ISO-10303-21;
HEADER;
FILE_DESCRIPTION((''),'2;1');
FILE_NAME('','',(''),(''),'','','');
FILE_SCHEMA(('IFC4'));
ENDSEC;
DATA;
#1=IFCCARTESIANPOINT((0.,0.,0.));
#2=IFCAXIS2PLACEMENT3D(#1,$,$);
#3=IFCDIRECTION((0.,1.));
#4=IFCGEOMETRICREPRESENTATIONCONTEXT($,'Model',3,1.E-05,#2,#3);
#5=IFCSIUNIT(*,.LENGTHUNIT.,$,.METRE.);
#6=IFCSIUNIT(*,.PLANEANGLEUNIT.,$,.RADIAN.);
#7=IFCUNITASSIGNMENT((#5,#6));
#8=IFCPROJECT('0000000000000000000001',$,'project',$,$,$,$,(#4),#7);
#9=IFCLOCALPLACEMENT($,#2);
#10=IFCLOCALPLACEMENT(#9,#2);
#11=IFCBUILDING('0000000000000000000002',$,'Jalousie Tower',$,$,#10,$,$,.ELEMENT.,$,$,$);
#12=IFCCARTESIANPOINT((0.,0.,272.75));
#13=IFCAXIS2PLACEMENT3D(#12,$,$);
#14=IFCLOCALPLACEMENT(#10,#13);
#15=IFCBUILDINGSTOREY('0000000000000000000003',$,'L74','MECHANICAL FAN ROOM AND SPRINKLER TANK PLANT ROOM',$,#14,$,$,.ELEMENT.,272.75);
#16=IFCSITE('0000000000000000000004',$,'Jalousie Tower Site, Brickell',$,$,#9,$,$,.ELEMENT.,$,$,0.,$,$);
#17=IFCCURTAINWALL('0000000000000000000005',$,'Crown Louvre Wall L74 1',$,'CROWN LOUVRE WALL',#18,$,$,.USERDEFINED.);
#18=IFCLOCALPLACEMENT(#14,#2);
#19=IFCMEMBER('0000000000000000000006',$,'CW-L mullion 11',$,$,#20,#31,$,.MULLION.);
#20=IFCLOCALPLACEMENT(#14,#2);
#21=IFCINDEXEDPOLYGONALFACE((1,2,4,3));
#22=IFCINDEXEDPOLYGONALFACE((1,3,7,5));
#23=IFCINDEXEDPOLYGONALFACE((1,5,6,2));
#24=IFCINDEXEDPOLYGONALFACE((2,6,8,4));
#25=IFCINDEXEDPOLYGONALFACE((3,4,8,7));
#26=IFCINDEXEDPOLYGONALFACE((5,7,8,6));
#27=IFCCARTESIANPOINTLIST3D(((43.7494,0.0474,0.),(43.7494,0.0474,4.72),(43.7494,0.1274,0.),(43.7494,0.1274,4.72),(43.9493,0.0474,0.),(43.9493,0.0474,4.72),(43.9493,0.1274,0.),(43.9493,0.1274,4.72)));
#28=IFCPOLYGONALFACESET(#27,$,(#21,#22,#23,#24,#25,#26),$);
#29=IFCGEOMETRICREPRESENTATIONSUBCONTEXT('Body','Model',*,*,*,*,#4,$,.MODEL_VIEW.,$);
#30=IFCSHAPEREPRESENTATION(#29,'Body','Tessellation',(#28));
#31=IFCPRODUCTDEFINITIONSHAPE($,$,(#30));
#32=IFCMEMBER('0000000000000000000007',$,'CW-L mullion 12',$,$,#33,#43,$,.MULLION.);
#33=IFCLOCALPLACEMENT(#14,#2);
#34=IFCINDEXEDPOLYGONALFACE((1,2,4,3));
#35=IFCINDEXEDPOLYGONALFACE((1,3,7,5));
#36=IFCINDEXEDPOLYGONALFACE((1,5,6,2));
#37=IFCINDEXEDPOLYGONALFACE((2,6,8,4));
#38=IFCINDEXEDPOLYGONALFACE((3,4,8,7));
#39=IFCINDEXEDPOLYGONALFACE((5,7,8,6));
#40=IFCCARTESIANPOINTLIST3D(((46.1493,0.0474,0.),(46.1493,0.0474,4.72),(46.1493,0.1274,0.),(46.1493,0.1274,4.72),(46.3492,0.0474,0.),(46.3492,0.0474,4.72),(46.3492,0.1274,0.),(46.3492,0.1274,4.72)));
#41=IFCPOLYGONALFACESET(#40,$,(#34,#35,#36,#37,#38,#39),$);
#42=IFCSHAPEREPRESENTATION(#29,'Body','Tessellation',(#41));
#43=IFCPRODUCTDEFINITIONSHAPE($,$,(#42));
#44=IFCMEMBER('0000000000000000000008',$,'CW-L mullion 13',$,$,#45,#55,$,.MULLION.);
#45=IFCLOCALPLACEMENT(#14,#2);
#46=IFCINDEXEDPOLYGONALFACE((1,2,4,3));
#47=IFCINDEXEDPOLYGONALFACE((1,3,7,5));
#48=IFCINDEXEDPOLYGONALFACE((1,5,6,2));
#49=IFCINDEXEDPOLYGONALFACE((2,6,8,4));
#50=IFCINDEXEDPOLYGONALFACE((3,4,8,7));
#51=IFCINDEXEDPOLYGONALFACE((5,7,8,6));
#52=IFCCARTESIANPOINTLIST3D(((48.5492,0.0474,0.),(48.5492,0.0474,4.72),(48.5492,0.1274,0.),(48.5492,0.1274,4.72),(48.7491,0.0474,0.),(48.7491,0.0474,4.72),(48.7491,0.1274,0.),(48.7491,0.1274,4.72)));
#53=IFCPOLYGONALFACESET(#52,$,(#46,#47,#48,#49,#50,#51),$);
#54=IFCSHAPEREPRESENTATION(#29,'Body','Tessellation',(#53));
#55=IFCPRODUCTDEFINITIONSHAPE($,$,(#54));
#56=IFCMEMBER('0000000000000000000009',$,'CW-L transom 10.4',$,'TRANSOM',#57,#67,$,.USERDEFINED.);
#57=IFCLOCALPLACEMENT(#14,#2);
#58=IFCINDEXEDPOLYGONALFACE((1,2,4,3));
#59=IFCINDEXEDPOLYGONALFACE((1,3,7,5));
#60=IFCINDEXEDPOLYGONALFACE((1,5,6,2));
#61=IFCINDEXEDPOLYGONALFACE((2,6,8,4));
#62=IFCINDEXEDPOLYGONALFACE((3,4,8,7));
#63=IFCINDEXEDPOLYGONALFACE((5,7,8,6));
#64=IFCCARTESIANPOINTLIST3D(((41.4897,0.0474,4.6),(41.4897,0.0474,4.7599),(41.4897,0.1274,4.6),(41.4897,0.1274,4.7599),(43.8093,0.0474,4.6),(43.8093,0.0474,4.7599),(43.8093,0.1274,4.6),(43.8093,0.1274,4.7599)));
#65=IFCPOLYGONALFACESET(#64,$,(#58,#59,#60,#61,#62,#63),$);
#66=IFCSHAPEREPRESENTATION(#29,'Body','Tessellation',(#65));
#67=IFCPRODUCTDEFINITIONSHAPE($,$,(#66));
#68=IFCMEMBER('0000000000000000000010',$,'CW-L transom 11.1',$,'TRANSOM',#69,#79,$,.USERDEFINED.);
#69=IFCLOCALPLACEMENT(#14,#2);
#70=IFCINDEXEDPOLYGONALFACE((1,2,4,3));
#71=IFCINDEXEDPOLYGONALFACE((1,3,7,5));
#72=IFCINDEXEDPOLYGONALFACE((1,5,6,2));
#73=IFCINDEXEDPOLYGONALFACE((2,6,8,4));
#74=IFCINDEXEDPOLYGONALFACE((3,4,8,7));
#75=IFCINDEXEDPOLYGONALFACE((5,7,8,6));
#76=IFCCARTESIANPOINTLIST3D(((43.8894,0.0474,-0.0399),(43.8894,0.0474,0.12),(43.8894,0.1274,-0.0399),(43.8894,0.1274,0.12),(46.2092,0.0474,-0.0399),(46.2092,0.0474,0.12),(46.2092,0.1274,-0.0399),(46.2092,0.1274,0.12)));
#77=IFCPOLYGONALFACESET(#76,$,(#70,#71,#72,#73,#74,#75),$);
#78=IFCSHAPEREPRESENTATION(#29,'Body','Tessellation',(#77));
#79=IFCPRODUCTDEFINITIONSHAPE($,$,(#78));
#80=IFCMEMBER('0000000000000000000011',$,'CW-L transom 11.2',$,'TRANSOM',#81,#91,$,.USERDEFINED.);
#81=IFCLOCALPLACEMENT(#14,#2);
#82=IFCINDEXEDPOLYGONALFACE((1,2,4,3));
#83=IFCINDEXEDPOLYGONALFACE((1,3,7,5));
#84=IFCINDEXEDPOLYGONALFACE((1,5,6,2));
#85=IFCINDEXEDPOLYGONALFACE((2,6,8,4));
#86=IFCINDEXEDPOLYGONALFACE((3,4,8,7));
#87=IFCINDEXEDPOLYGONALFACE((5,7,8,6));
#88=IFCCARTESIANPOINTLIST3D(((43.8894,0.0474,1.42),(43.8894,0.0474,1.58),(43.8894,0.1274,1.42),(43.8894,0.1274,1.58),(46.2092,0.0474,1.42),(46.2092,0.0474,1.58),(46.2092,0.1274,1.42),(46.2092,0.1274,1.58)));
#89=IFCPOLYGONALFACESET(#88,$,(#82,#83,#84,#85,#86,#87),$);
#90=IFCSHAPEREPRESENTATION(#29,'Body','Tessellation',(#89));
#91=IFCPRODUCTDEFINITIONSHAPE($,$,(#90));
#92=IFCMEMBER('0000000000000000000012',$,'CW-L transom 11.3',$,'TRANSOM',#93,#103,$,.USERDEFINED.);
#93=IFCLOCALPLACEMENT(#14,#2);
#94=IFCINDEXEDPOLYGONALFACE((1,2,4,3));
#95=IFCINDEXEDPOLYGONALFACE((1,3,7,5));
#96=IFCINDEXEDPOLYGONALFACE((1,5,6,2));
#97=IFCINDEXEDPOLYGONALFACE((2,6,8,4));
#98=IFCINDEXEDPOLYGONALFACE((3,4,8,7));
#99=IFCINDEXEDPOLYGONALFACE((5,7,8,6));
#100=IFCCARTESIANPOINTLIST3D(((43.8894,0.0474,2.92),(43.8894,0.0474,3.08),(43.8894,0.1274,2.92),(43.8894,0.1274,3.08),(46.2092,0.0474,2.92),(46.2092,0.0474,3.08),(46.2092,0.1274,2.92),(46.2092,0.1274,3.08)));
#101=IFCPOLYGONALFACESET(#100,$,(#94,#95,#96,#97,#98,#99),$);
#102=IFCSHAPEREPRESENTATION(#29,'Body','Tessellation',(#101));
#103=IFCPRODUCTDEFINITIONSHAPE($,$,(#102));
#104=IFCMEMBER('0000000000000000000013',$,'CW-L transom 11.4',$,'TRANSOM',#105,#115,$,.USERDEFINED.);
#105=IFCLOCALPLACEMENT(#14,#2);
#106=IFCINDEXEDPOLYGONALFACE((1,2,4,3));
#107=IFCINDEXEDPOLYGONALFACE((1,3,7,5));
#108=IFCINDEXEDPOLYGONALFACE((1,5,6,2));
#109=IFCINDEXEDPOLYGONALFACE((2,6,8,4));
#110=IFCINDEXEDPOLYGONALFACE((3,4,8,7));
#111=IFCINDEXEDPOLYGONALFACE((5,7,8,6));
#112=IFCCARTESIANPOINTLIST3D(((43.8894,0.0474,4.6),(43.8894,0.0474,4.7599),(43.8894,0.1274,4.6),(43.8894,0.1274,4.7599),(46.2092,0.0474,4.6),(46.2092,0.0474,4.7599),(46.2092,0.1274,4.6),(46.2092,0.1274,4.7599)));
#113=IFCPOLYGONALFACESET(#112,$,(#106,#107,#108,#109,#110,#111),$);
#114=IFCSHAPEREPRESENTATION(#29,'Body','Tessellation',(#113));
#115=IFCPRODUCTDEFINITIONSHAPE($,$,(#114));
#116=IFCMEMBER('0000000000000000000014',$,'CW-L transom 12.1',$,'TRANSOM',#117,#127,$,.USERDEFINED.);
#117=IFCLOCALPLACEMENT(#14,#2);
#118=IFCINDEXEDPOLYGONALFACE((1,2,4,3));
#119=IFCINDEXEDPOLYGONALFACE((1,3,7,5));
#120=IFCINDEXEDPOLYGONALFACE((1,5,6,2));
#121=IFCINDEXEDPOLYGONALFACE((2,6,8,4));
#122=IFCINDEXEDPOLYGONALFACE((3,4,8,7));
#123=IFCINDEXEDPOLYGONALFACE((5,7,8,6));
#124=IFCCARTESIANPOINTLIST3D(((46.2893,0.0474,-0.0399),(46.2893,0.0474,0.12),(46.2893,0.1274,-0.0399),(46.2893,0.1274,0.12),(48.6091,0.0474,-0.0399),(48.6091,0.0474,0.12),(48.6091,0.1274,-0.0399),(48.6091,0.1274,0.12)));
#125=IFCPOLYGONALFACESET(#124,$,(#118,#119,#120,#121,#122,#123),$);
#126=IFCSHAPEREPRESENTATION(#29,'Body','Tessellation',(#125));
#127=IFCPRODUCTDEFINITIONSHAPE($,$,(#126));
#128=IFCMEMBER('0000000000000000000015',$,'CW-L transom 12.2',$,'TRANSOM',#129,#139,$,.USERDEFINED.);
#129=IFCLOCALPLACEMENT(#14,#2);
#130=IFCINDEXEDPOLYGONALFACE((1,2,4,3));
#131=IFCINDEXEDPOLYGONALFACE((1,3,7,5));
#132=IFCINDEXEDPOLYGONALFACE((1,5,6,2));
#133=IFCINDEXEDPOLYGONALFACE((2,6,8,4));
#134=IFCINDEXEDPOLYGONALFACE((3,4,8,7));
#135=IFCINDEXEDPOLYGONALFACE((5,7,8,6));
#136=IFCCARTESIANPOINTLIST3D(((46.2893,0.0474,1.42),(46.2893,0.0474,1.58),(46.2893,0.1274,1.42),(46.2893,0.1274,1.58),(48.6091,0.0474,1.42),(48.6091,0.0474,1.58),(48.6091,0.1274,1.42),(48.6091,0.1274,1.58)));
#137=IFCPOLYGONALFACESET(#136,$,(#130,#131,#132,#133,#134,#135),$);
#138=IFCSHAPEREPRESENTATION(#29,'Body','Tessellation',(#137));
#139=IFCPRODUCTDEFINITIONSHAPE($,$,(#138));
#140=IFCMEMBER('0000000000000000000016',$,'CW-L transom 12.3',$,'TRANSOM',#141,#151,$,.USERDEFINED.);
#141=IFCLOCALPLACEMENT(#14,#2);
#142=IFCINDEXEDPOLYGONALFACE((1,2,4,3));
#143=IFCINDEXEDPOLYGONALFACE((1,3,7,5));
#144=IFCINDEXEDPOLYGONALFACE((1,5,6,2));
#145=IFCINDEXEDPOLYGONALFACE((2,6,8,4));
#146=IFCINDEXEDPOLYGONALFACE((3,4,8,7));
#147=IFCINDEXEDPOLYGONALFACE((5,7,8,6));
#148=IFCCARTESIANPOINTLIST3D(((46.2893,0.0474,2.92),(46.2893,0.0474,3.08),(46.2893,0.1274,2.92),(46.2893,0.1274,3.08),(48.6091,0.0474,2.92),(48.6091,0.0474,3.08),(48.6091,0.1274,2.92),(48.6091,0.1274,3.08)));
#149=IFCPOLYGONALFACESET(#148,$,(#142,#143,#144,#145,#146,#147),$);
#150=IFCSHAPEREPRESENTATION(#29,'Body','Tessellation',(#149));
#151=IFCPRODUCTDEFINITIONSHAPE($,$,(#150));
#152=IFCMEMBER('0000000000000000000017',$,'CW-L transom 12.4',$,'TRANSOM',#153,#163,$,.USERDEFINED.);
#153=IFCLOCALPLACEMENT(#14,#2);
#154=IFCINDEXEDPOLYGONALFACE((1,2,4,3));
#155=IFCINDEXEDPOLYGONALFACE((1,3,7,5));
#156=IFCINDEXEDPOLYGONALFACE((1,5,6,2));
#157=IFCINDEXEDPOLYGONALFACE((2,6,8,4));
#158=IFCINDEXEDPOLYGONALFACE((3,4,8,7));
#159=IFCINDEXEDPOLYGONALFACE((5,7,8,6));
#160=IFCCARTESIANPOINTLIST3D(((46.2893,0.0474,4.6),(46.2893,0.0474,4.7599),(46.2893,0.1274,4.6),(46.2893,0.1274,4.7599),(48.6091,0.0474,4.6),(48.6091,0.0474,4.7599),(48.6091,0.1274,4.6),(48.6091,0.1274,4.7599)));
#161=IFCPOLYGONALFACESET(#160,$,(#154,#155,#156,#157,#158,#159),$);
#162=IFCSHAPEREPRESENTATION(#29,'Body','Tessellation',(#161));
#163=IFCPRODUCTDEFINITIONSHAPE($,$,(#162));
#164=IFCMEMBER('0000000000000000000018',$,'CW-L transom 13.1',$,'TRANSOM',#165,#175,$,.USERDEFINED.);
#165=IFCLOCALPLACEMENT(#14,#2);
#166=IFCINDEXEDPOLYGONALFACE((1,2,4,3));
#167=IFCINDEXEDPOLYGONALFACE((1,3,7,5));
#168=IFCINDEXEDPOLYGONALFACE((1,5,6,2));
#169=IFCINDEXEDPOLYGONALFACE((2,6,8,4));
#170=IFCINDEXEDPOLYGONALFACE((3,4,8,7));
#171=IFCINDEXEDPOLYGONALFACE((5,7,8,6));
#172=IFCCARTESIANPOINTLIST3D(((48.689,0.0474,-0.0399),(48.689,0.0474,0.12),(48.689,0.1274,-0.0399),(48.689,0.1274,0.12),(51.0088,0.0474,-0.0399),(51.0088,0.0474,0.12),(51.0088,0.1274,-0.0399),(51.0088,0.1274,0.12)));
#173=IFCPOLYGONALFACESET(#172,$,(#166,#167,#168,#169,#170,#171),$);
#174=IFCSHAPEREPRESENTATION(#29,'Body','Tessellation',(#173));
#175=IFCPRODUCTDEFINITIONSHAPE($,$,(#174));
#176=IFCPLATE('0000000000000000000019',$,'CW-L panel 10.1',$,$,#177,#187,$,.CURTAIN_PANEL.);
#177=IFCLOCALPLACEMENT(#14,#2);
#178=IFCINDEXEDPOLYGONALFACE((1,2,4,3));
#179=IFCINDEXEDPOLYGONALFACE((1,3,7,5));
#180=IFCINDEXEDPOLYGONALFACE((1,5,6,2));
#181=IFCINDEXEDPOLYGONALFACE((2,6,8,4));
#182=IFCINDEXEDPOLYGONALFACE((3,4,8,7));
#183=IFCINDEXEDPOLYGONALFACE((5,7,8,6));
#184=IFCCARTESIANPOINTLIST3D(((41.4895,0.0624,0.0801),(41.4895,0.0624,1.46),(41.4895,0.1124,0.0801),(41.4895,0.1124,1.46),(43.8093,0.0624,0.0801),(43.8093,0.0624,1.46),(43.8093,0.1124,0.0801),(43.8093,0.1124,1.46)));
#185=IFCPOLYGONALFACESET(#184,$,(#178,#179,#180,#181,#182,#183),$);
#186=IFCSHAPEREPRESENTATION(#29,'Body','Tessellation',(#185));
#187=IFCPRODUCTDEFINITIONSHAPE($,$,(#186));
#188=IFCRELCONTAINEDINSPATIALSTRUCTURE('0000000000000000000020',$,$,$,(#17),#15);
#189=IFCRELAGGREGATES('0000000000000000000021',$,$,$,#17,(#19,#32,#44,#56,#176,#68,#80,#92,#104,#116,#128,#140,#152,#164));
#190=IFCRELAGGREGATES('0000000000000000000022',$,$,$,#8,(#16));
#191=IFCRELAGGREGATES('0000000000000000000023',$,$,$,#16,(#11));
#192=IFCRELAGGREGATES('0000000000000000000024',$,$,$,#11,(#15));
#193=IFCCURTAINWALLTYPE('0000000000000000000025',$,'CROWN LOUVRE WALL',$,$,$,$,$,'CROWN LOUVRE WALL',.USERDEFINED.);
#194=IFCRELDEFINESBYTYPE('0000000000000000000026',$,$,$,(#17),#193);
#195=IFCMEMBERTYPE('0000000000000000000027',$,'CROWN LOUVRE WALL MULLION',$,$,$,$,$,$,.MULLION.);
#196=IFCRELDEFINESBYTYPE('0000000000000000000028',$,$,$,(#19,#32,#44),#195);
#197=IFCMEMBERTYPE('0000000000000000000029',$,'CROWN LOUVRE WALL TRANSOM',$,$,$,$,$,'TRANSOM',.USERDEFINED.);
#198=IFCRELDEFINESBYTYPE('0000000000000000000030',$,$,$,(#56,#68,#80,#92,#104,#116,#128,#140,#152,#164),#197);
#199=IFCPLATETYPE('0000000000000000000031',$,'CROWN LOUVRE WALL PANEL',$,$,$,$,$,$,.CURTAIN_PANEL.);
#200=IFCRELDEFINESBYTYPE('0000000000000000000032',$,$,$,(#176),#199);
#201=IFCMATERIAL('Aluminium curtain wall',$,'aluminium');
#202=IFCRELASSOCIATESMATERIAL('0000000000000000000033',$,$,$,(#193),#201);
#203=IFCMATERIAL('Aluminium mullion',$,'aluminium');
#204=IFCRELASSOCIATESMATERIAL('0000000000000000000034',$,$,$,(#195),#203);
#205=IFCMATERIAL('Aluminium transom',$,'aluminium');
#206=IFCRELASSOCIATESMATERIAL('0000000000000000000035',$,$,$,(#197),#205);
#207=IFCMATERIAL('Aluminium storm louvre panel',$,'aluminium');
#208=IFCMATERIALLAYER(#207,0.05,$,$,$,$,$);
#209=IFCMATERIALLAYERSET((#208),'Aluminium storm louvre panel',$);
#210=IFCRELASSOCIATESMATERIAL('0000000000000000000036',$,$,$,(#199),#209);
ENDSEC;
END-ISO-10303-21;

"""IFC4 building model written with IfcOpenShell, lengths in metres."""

from ifc_helpers import new_model, si_unit, direction, frame, origin, origin_2d, place, context, subcontext, project, spatial, rectangle, extrude, material, layer, layer_set, material_profile, profile_set, type_object, element, aggregate, save


model = new_model("IFC4")

# Units and contexts
model_context = context("Model", 3, precision=1e-05, world=origin(), true_north=direction((0.0, 1.0)))
body_context = subcontext(model_context, "Body", "Model", "MODEL_VIEW")
ifc_project = project(units=[si_unit("LENGTHUNIT", "METRE"), si_unit("PLANEANGLEUNIT", "RADIAN")], contexts=[model_context])

# Site, building, storey
site_placement = place(None, origin())
site = spatial("IfcSite", under=ifc_project, at=site_placement, Name="Jalousie Tower Site, Brickell", CompositionType="ELEMENT", RefElevation=0.0)
building_placement = place(site_placement, origin())
building = spatial("IfcBuilding", under=site, at=building_placement, Name="Jalousie Tower", CompositionType="ELEMENT")
storey_placement = place(building_placement, frame((0.0, 0.0, 272.75)))
storey = spatial("IfcBuildingStorey", under=building, at=storey_placement, Name="L74", Description="MECHANICAL FAN ROOM AND SPRINKLER TANK PLANT ROOM", CompositionType="ELEMENT", Elevation=272.75)

# Curtain wall, members, plate
ifc_material_1 = material(Name="Aluminium curtain wall", Category="aluminium")
curtain_wall_type = type_object("IfcCurtainWallType", Name="CROWN LOUVRE WALL", ElementType="CROWN LOUVRE WALL", PredefinedType="USERDEFINED", material=ifc_material_1)
curtain_wall_placement = place(storey_placement, origin())
curtain_wall = element("IfcCurtainWall", 1, at=curtain_wall_placement, inside=storey, type_object=curtain_wall_type, Name="Crown Louvre Wall L74 1", ObjectType="CROWN LOUVRE WALL", PredefinedType="USERDEFINED")
ifc_material_2 = material(Name="Aluminium mullion", Category="aluminium")
ifc_material_profile_1 = material_profile(ifc_material_2, rectangle(XDim=0.0801, YDim=0.2, at=origin_2d()), Name="MULLION 80x200")
ifc_profile_set_1 = profile_set([ifc_material_profile_1], Name="Aluminium mullion")
member_type_1 = type_object("IfcMemberType", Name="CROWN LOUVRE WALL MULLION", PredefinedType="MULLION", material=ifc_profile_set_1)
member_1_placement = place(storey_placement, frame((43.8494, 0.0874, 0.0), z_axis=(0.0, 0.0, 1.0), x_axis=(0.0, 1.0, 0.0)))
member_1 = element("IfcMember", 2, at=member_1_placement, type_object=member_type_1, Name="CW-L mullion 11", PredefinedType="MULLION", context=body_context, shape_type="SweptSolid", body=[
    extrude(rectangle(XDim=0.0801, YDim=0.2, at=origin_2d()), origin(), (0.0, 0.0, 1.0), 4.72),
])
member_2_placement = place(storey_placement, frame((46.2493, 0.0874, 0.0), z_axis=(0.0, 0.0, 1.0), x_axis=(0.0, 1.0, 0.0)))
member_2 = element("IfcMember", 3, at=member_2_placement, type_object=member_type_1, Name="CW-L mullion 12", PredefinedType="MULLION", context=body_context, shape_type="SweptSolid", body=[
    extrude(rectangle(XDim=0.0801, YDim=0.2, at=origin_2d()), origin(), (0.0, 0.0, 1.0), 4.72),
])
member_3_placement = place(storey_placement, frame((48.6492, 0.0874, 0.0), z_axis=(0.0, 0.0, 1.0), x_axis=(0.0, 1.0, 0.0)))
member_3 = element("IfcMember", 4, at=member_3_placement, type_object=member_type_1, Name="CW-L mullion 13", PredefinedType="MULLION", context=body_context, shape_type="SweptSolid", body=[
    extrude(rectangle(XDim=0.0801, YDim=0.2, at=origin_2d()), origin(), (0.0, 0.0, 1.0), 4.72),
])
ifc_material_3 = material(Name="Aluminium transom", Category="aluminium")
ifc_material_profile_2 = material_profile(ifc_material_3, rectangle(XDim=0.0801, YDim=0.1599, at=origin_2d()), Name="TRANSOM 80x160")
ifc_profile_set_2 = profile_set([ifc_material_profile_2], Name="Aluminium transom")
member_type_2 = type_object("IfcMemberType", Name="CROWN LOUVRE WALL TRANSOM", ElementType="TRANSOM", PredefinedType="USERDEFINED", material=ifc_profile_set_2)
member_4_placement = place(storey_placement, frame((41.4897, 0.0874, 4.6799), z_axis=(1.0, 0.0, 0.0), x_axis=(0.0, 1.0, 0.0)))
member_4 = element("IfcMember", 5, at=member_4_placement, type_object=member_type_2, Name="CW-L transom 10.4", ObjectType="TRANSOM", PredefinedType="USERDEFINED", context=body_context, shape_type="SweptSolid", body=[
    extrude(rectangle(XDim=0.0801, YDim=0.1599, at=origin_2d()), origin(), (0.0, 0.0, 1.0), 2.3196),
])
member_5_placement = place(storey_placement, frame((43.8894, 0.0874, 0.04), z_axis=(1.0, 0.0, 0.0), x_axis=(0.0, 1.0, 0.0)))
member_5 = element("IfcMember", 6, at=member_5_placement, type_object=member_type_2, Name="CW-L transom 11.1", ObjectType="TRANSOM", PredefinedType="USERDEFINED", context=body_context, shape_type="SweptSolid", body=[
    extrude(rectangle(XDim=0.0801, YDim=0.1599, at=origin_2d()), origin(), (0.0, 0.0, 1.0), 2.3198),
])
member_6_placement = place(storey_placement, frame((43.8894, 0.0874, 1.5), z_axis=(1.0, 0.0, 0.0), x_axis=(0.0, 1.0, 0.0)))
member_6 = element("IfcMember", 7, at=member_6_placement, type_object=member_type_2, Name="CW-L transom 11.2", ObjectType="TRANSOM", PredefinedType="USERDEFINED", context=body_context, shape_type="SweptSolid", body=[
    extrude(rectangle(XDim=0.0801, YDim=0.1599, at=origin_2d()), origin(), (0.0, 0.0, 1.0), 2.3198),
])
member_7_placement = place(storey_placement, frame((43.8894, 0.0874, 3.0), z_axis=(1.0, 0.0, 0.0), x_axis=(0.0, 1.0, 0.0)))
member_7 = element("IfcMember", 8, at=member_7_placement, type_object=member_type_2, Name="CW-L transom 11.3", ObjectType="TRANSOM", PredefinedType="USERDEFINED", context=body_context, shape_type="SweptSolid", body=[
    extrude(rectangle(XDim=0.0801, YDim=0.1599, at=origin_2d()), origin(), (0.0, 0.0, 1.0), 2.3198),
])
member_8_placement = place(storey_placement, frame((43.8894, 0.0874, 4.6799), z_axis=(1.0, 0.0, 0.0), x_axis=(0.0, 1.0, 0.0)))
member_8 = element("IfcMember", 9, at=member_8_placement, type_object=member_type_2, Name="CW-L transom 11.4", ObjectType="TRANSOM", PredefinedType="USERDEFINED", context=body_context, shape_type="SweptSolid", body=[
    extrude(rectangle(XDim=0.0801, YDim=0.1599, at=origin_2d()), origin(), (0.0, 0.0, 1.0), 2.3198),
])
member_9_placement = place(storey_placement, frame((46.2893, 0.0874, 0.04), z_axis=(1.0, 0.0, 0.0), x_axis=(0.0, 1.0, 0.0)))
member_9 = element("IfcMember", 10, at=member_9_placement, type_object=member_type_2, Name="CW-L transom 12.1", ObjectType="TRANSOM", PredefinedType="USERDEFINED", context=body_context, shape_type="SweptSolid", body=[
    extrude(rectangle(XDim=0.0801, YDim=0.1599, at=origin_2d()), origin(), (0.0, 0.0, 1.0), 2.3198),
])
member_10_placement = place(storey_placement, frame((46.2893, 0.0874, 1.5), z_axis=(1.0, 0.0, 0.0), x_axis=(0.0, 1.0, 0.0)))
member_10 = element("IfcMember", 11, at=member_10_placement, type_object=member_type_2, Name="CW-L transom 12.2", ObjectType="TRANSOM", PredefinedType="USERDEFINED", context=body_context, shape_type="SweptSolid", body=[
    extrude(rectangle(XDim=0.0801, YDim=0.1599, at=origin_2d()), origin(), (0.0, 0.0, 1.0), 2.3198),
])
member_11_placement = place(storey_placement, frame((46.2893, 0.0874, 3.0), z_axis=(1.0, 0.0, 0.0), x_axis=(0.0, 1.0, 0.0)))
member_11 = element("IfcMember", 12, at=member_11_placement, type_object=member_type_2, Name="CW-L transom 12.3", ObjectType="TRANSOM", PredefinedType="USERDEFINED", context=body_context, shape_type="SweptSolid", body=[
    extrude(rectangle(XDim=0.0801, YDim=0.1599, at=origin_2d()), origin(), (0.0, 0.0, 1.0), 2.3198),
])
member_12_placement = place(storey_placement, frame((46.2893, 0.0874, 4.6799), z_axis=(1.0, 0.0, 0.0), x_axis=(0.0, 1.0, 0.0)))
member_12 = element("IfcMember", 13, at=member_12_placement, type_object=member_type_2, Name="CW-L transom 12.4", ObjectType="TRANSOM", PredefinedType="USERDEFINED", context=body_context, shape_type="SweptSolid", body=[
    extrude(rectangle(XDim=0.0801, YDim=0.1599, at=origin_2d()), origin(), (0.0, 0.0, 1.0), 2.3198),
])
member_13_placement = place(storey_placement, frame((48.689, 0.0874, 0.04), z_axis=(1.0, 0.0, 0.0), x_axis=(0.0, 1.0, 0.0)))
member_13 = element("IfcMember", 14, at=member_13_placement, type_object=member_type_2, Name="CW-L transom 13.1", ObjectType="TRANSOM", PredefinedType="USERDEFINED", context=body_context, shape_type="SweptSolid", body=[
    extrude(rectangle(XDim=0.0801, YDim=0.1599, at=origin_2d()), origin(), (0.0, 0.0, 1.0), 2.3198),
])
ifc_material_4 = material(Name="Aluminium storm louvre panel", Category="aluminium")
ifc_layer = layer(ifc_material_4, 0.05)
ifc_layer_set = layer_set([ifc_layer], Name="Aluminium storm louvre panel")
plate_type = type_object("IfcPlateType", Name="CROWN LOUVRE WALL PANEL", PredefinedType="CURTAIN_PANEL", material=ifc_layer_set)
plate_1_placement = place(storey_placement, frame((42.6494, 0.0874, 0.0801), z_axis=(0.0, 0.0, 1.0), x_axis=(1.0, 0.0, 0.0)))
plate_1 = element("IfcPlate", 15, at=plate_1_placement, type_object=plate_type, Name="CW-L panel 10.1", PredefinedType="CURTAIN_PANEL", context=body_context, shape_type="SweptSolid", body=[
    extrude(rectangle(XDim=2.3198, YDim=0.05, at=origin_2d()), origin(), (0.0, 0.0, 1.0), 1.3799),
])
aggregate(curtain_wall, [member_1, member_2, member_3, member_4, plate_1, member_5, member_6, member_7, member_8, member_9, member_10, member_11, member_12, member_13])

save(model, "model.ifc")
